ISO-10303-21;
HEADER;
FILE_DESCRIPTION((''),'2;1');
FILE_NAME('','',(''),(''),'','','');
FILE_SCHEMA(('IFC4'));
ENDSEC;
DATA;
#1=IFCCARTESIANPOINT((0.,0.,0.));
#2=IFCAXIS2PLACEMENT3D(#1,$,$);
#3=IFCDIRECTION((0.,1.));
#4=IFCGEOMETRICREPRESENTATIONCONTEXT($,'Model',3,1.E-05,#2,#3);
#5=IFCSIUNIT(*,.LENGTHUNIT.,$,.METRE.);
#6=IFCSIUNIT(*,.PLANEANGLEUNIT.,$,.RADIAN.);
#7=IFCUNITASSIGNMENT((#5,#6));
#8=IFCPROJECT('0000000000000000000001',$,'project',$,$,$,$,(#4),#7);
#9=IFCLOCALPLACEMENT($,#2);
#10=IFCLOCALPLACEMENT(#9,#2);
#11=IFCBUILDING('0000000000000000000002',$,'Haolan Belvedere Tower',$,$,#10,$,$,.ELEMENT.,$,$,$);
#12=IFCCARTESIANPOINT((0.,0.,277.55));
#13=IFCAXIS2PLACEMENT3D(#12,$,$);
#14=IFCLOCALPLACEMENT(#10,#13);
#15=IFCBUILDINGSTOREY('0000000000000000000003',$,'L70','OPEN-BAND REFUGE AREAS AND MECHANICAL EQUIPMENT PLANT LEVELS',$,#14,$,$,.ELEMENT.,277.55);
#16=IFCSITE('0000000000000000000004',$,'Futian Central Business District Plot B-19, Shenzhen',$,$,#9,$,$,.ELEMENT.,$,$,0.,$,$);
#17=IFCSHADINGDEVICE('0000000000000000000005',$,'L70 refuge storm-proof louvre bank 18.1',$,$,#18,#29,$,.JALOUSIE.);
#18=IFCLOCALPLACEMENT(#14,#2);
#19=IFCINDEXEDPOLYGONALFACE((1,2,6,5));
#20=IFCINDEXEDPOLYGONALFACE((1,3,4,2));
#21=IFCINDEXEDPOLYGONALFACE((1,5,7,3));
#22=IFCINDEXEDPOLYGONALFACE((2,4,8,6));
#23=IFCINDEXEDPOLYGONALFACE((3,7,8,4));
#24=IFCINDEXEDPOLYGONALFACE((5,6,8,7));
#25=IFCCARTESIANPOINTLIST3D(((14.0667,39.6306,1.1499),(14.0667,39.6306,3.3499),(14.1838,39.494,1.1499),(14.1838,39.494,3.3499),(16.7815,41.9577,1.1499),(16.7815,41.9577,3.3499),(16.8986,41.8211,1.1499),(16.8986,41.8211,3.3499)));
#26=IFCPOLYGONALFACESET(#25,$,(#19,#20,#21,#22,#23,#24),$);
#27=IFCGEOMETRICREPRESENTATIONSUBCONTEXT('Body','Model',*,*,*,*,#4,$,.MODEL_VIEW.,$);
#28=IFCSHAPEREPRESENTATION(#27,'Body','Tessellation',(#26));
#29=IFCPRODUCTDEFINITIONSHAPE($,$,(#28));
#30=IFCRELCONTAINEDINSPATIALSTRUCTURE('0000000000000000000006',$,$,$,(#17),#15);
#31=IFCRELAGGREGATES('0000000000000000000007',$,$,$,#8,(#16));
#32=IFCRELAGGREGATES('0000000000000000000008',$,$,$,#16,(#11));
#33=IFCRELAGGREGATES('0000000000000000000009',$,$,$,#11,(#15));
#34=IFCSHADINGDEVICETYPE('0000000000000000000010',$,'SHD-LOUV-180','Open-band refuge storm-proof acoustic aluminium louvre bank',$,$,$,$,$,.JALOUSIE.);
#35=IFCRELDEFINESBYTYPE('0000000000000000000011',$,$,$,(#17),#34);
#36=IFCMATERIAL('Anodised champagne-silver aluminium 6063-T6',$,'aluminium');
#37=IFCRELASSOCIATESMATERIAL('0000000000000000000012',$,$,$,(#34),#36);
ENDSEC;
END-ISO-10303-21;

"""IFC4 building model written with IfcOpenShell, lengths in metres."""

from ifc_helpers import new_model, si_unit, direction, frame, origin, origin_2d, place, context, subcontext, project, spatial, rectangle, extrude, material, type_object, element, save


model = new_model("IFC4")

# Units and contexts
model_context = context("Model", 3, precision=1e-05, world=origin(), true_north=direction((0.0, 1.0)))
body_context = subcontext(model_context, "Body", "Model", "MODEL_VIEW")
ifc_project = project(units=[si_unit("LENGTHUNIT", "METRE"), si_unit("PLANEANGLEUNIT", "RADIAN")], contexts=[model_context])

# Site, building, storey
site_placement = place(None, origin())
site = spatial("IfcSite", under=ifc_project, at=site_placement, Name="Futian Central Business District Plot B-19, Shenzhen", CompositionType="ELEMENT", RefElevation=0.0)
building_placement = place(site_placement, origin())
building = spatial("IfcBuilding", under=site, at=building_placement, Name="Haolan Belvedere Tower", CompositionType="ELEMENT")
storey_placement = place(building_placement, frame((0.0, 0.0, 277.55)))
storey = spatial("IfcBuildingStorey", under=building, at=storey_placement, Name="L70", Description="OPEN-BAND REFUGE AREAS AND MECHANICAL EQUIPMENT PLANT LEVELS", CompositionType="ELEMENT", Elevation=277.55)

# Shading device
ifc_material_1 = material(Name="Anodised champagne-silver aluminium 6063-T6", Category="aluminium")
shading_device_type = type_object("IfcShadingDeviceType", Name="SHD-LOUV-180", Description="Open-band refuge storm-proof acoustic aluminium louvre bank", PredefinedType="JALOUSIE", material=ifc_material_1)
shading_device_1_placement = place(storey_placement, frame((15.4827, 40.7258, 1.1499), z_axis=(0.0, 0.0, 1.0), x_axis=(-0.759249, -0.650801, 0.0)))
element("IfcShadingDevice", 1, at=shading_device_1_placement, inside=storey, type_object=shading_device_type, Name="L70 refuge storm-proof louvre bank 18.1", PredefinedType="JALOUSIE", context=body_context, shape_type="SweptSolid", body=[
    extrude(rectangle(XDim=3.5757, YDim=0.1799, at=origin_2d()), origin(), (0.0, 0.0, 1.0), 2.2),
])

save(model, "model.ifc")
